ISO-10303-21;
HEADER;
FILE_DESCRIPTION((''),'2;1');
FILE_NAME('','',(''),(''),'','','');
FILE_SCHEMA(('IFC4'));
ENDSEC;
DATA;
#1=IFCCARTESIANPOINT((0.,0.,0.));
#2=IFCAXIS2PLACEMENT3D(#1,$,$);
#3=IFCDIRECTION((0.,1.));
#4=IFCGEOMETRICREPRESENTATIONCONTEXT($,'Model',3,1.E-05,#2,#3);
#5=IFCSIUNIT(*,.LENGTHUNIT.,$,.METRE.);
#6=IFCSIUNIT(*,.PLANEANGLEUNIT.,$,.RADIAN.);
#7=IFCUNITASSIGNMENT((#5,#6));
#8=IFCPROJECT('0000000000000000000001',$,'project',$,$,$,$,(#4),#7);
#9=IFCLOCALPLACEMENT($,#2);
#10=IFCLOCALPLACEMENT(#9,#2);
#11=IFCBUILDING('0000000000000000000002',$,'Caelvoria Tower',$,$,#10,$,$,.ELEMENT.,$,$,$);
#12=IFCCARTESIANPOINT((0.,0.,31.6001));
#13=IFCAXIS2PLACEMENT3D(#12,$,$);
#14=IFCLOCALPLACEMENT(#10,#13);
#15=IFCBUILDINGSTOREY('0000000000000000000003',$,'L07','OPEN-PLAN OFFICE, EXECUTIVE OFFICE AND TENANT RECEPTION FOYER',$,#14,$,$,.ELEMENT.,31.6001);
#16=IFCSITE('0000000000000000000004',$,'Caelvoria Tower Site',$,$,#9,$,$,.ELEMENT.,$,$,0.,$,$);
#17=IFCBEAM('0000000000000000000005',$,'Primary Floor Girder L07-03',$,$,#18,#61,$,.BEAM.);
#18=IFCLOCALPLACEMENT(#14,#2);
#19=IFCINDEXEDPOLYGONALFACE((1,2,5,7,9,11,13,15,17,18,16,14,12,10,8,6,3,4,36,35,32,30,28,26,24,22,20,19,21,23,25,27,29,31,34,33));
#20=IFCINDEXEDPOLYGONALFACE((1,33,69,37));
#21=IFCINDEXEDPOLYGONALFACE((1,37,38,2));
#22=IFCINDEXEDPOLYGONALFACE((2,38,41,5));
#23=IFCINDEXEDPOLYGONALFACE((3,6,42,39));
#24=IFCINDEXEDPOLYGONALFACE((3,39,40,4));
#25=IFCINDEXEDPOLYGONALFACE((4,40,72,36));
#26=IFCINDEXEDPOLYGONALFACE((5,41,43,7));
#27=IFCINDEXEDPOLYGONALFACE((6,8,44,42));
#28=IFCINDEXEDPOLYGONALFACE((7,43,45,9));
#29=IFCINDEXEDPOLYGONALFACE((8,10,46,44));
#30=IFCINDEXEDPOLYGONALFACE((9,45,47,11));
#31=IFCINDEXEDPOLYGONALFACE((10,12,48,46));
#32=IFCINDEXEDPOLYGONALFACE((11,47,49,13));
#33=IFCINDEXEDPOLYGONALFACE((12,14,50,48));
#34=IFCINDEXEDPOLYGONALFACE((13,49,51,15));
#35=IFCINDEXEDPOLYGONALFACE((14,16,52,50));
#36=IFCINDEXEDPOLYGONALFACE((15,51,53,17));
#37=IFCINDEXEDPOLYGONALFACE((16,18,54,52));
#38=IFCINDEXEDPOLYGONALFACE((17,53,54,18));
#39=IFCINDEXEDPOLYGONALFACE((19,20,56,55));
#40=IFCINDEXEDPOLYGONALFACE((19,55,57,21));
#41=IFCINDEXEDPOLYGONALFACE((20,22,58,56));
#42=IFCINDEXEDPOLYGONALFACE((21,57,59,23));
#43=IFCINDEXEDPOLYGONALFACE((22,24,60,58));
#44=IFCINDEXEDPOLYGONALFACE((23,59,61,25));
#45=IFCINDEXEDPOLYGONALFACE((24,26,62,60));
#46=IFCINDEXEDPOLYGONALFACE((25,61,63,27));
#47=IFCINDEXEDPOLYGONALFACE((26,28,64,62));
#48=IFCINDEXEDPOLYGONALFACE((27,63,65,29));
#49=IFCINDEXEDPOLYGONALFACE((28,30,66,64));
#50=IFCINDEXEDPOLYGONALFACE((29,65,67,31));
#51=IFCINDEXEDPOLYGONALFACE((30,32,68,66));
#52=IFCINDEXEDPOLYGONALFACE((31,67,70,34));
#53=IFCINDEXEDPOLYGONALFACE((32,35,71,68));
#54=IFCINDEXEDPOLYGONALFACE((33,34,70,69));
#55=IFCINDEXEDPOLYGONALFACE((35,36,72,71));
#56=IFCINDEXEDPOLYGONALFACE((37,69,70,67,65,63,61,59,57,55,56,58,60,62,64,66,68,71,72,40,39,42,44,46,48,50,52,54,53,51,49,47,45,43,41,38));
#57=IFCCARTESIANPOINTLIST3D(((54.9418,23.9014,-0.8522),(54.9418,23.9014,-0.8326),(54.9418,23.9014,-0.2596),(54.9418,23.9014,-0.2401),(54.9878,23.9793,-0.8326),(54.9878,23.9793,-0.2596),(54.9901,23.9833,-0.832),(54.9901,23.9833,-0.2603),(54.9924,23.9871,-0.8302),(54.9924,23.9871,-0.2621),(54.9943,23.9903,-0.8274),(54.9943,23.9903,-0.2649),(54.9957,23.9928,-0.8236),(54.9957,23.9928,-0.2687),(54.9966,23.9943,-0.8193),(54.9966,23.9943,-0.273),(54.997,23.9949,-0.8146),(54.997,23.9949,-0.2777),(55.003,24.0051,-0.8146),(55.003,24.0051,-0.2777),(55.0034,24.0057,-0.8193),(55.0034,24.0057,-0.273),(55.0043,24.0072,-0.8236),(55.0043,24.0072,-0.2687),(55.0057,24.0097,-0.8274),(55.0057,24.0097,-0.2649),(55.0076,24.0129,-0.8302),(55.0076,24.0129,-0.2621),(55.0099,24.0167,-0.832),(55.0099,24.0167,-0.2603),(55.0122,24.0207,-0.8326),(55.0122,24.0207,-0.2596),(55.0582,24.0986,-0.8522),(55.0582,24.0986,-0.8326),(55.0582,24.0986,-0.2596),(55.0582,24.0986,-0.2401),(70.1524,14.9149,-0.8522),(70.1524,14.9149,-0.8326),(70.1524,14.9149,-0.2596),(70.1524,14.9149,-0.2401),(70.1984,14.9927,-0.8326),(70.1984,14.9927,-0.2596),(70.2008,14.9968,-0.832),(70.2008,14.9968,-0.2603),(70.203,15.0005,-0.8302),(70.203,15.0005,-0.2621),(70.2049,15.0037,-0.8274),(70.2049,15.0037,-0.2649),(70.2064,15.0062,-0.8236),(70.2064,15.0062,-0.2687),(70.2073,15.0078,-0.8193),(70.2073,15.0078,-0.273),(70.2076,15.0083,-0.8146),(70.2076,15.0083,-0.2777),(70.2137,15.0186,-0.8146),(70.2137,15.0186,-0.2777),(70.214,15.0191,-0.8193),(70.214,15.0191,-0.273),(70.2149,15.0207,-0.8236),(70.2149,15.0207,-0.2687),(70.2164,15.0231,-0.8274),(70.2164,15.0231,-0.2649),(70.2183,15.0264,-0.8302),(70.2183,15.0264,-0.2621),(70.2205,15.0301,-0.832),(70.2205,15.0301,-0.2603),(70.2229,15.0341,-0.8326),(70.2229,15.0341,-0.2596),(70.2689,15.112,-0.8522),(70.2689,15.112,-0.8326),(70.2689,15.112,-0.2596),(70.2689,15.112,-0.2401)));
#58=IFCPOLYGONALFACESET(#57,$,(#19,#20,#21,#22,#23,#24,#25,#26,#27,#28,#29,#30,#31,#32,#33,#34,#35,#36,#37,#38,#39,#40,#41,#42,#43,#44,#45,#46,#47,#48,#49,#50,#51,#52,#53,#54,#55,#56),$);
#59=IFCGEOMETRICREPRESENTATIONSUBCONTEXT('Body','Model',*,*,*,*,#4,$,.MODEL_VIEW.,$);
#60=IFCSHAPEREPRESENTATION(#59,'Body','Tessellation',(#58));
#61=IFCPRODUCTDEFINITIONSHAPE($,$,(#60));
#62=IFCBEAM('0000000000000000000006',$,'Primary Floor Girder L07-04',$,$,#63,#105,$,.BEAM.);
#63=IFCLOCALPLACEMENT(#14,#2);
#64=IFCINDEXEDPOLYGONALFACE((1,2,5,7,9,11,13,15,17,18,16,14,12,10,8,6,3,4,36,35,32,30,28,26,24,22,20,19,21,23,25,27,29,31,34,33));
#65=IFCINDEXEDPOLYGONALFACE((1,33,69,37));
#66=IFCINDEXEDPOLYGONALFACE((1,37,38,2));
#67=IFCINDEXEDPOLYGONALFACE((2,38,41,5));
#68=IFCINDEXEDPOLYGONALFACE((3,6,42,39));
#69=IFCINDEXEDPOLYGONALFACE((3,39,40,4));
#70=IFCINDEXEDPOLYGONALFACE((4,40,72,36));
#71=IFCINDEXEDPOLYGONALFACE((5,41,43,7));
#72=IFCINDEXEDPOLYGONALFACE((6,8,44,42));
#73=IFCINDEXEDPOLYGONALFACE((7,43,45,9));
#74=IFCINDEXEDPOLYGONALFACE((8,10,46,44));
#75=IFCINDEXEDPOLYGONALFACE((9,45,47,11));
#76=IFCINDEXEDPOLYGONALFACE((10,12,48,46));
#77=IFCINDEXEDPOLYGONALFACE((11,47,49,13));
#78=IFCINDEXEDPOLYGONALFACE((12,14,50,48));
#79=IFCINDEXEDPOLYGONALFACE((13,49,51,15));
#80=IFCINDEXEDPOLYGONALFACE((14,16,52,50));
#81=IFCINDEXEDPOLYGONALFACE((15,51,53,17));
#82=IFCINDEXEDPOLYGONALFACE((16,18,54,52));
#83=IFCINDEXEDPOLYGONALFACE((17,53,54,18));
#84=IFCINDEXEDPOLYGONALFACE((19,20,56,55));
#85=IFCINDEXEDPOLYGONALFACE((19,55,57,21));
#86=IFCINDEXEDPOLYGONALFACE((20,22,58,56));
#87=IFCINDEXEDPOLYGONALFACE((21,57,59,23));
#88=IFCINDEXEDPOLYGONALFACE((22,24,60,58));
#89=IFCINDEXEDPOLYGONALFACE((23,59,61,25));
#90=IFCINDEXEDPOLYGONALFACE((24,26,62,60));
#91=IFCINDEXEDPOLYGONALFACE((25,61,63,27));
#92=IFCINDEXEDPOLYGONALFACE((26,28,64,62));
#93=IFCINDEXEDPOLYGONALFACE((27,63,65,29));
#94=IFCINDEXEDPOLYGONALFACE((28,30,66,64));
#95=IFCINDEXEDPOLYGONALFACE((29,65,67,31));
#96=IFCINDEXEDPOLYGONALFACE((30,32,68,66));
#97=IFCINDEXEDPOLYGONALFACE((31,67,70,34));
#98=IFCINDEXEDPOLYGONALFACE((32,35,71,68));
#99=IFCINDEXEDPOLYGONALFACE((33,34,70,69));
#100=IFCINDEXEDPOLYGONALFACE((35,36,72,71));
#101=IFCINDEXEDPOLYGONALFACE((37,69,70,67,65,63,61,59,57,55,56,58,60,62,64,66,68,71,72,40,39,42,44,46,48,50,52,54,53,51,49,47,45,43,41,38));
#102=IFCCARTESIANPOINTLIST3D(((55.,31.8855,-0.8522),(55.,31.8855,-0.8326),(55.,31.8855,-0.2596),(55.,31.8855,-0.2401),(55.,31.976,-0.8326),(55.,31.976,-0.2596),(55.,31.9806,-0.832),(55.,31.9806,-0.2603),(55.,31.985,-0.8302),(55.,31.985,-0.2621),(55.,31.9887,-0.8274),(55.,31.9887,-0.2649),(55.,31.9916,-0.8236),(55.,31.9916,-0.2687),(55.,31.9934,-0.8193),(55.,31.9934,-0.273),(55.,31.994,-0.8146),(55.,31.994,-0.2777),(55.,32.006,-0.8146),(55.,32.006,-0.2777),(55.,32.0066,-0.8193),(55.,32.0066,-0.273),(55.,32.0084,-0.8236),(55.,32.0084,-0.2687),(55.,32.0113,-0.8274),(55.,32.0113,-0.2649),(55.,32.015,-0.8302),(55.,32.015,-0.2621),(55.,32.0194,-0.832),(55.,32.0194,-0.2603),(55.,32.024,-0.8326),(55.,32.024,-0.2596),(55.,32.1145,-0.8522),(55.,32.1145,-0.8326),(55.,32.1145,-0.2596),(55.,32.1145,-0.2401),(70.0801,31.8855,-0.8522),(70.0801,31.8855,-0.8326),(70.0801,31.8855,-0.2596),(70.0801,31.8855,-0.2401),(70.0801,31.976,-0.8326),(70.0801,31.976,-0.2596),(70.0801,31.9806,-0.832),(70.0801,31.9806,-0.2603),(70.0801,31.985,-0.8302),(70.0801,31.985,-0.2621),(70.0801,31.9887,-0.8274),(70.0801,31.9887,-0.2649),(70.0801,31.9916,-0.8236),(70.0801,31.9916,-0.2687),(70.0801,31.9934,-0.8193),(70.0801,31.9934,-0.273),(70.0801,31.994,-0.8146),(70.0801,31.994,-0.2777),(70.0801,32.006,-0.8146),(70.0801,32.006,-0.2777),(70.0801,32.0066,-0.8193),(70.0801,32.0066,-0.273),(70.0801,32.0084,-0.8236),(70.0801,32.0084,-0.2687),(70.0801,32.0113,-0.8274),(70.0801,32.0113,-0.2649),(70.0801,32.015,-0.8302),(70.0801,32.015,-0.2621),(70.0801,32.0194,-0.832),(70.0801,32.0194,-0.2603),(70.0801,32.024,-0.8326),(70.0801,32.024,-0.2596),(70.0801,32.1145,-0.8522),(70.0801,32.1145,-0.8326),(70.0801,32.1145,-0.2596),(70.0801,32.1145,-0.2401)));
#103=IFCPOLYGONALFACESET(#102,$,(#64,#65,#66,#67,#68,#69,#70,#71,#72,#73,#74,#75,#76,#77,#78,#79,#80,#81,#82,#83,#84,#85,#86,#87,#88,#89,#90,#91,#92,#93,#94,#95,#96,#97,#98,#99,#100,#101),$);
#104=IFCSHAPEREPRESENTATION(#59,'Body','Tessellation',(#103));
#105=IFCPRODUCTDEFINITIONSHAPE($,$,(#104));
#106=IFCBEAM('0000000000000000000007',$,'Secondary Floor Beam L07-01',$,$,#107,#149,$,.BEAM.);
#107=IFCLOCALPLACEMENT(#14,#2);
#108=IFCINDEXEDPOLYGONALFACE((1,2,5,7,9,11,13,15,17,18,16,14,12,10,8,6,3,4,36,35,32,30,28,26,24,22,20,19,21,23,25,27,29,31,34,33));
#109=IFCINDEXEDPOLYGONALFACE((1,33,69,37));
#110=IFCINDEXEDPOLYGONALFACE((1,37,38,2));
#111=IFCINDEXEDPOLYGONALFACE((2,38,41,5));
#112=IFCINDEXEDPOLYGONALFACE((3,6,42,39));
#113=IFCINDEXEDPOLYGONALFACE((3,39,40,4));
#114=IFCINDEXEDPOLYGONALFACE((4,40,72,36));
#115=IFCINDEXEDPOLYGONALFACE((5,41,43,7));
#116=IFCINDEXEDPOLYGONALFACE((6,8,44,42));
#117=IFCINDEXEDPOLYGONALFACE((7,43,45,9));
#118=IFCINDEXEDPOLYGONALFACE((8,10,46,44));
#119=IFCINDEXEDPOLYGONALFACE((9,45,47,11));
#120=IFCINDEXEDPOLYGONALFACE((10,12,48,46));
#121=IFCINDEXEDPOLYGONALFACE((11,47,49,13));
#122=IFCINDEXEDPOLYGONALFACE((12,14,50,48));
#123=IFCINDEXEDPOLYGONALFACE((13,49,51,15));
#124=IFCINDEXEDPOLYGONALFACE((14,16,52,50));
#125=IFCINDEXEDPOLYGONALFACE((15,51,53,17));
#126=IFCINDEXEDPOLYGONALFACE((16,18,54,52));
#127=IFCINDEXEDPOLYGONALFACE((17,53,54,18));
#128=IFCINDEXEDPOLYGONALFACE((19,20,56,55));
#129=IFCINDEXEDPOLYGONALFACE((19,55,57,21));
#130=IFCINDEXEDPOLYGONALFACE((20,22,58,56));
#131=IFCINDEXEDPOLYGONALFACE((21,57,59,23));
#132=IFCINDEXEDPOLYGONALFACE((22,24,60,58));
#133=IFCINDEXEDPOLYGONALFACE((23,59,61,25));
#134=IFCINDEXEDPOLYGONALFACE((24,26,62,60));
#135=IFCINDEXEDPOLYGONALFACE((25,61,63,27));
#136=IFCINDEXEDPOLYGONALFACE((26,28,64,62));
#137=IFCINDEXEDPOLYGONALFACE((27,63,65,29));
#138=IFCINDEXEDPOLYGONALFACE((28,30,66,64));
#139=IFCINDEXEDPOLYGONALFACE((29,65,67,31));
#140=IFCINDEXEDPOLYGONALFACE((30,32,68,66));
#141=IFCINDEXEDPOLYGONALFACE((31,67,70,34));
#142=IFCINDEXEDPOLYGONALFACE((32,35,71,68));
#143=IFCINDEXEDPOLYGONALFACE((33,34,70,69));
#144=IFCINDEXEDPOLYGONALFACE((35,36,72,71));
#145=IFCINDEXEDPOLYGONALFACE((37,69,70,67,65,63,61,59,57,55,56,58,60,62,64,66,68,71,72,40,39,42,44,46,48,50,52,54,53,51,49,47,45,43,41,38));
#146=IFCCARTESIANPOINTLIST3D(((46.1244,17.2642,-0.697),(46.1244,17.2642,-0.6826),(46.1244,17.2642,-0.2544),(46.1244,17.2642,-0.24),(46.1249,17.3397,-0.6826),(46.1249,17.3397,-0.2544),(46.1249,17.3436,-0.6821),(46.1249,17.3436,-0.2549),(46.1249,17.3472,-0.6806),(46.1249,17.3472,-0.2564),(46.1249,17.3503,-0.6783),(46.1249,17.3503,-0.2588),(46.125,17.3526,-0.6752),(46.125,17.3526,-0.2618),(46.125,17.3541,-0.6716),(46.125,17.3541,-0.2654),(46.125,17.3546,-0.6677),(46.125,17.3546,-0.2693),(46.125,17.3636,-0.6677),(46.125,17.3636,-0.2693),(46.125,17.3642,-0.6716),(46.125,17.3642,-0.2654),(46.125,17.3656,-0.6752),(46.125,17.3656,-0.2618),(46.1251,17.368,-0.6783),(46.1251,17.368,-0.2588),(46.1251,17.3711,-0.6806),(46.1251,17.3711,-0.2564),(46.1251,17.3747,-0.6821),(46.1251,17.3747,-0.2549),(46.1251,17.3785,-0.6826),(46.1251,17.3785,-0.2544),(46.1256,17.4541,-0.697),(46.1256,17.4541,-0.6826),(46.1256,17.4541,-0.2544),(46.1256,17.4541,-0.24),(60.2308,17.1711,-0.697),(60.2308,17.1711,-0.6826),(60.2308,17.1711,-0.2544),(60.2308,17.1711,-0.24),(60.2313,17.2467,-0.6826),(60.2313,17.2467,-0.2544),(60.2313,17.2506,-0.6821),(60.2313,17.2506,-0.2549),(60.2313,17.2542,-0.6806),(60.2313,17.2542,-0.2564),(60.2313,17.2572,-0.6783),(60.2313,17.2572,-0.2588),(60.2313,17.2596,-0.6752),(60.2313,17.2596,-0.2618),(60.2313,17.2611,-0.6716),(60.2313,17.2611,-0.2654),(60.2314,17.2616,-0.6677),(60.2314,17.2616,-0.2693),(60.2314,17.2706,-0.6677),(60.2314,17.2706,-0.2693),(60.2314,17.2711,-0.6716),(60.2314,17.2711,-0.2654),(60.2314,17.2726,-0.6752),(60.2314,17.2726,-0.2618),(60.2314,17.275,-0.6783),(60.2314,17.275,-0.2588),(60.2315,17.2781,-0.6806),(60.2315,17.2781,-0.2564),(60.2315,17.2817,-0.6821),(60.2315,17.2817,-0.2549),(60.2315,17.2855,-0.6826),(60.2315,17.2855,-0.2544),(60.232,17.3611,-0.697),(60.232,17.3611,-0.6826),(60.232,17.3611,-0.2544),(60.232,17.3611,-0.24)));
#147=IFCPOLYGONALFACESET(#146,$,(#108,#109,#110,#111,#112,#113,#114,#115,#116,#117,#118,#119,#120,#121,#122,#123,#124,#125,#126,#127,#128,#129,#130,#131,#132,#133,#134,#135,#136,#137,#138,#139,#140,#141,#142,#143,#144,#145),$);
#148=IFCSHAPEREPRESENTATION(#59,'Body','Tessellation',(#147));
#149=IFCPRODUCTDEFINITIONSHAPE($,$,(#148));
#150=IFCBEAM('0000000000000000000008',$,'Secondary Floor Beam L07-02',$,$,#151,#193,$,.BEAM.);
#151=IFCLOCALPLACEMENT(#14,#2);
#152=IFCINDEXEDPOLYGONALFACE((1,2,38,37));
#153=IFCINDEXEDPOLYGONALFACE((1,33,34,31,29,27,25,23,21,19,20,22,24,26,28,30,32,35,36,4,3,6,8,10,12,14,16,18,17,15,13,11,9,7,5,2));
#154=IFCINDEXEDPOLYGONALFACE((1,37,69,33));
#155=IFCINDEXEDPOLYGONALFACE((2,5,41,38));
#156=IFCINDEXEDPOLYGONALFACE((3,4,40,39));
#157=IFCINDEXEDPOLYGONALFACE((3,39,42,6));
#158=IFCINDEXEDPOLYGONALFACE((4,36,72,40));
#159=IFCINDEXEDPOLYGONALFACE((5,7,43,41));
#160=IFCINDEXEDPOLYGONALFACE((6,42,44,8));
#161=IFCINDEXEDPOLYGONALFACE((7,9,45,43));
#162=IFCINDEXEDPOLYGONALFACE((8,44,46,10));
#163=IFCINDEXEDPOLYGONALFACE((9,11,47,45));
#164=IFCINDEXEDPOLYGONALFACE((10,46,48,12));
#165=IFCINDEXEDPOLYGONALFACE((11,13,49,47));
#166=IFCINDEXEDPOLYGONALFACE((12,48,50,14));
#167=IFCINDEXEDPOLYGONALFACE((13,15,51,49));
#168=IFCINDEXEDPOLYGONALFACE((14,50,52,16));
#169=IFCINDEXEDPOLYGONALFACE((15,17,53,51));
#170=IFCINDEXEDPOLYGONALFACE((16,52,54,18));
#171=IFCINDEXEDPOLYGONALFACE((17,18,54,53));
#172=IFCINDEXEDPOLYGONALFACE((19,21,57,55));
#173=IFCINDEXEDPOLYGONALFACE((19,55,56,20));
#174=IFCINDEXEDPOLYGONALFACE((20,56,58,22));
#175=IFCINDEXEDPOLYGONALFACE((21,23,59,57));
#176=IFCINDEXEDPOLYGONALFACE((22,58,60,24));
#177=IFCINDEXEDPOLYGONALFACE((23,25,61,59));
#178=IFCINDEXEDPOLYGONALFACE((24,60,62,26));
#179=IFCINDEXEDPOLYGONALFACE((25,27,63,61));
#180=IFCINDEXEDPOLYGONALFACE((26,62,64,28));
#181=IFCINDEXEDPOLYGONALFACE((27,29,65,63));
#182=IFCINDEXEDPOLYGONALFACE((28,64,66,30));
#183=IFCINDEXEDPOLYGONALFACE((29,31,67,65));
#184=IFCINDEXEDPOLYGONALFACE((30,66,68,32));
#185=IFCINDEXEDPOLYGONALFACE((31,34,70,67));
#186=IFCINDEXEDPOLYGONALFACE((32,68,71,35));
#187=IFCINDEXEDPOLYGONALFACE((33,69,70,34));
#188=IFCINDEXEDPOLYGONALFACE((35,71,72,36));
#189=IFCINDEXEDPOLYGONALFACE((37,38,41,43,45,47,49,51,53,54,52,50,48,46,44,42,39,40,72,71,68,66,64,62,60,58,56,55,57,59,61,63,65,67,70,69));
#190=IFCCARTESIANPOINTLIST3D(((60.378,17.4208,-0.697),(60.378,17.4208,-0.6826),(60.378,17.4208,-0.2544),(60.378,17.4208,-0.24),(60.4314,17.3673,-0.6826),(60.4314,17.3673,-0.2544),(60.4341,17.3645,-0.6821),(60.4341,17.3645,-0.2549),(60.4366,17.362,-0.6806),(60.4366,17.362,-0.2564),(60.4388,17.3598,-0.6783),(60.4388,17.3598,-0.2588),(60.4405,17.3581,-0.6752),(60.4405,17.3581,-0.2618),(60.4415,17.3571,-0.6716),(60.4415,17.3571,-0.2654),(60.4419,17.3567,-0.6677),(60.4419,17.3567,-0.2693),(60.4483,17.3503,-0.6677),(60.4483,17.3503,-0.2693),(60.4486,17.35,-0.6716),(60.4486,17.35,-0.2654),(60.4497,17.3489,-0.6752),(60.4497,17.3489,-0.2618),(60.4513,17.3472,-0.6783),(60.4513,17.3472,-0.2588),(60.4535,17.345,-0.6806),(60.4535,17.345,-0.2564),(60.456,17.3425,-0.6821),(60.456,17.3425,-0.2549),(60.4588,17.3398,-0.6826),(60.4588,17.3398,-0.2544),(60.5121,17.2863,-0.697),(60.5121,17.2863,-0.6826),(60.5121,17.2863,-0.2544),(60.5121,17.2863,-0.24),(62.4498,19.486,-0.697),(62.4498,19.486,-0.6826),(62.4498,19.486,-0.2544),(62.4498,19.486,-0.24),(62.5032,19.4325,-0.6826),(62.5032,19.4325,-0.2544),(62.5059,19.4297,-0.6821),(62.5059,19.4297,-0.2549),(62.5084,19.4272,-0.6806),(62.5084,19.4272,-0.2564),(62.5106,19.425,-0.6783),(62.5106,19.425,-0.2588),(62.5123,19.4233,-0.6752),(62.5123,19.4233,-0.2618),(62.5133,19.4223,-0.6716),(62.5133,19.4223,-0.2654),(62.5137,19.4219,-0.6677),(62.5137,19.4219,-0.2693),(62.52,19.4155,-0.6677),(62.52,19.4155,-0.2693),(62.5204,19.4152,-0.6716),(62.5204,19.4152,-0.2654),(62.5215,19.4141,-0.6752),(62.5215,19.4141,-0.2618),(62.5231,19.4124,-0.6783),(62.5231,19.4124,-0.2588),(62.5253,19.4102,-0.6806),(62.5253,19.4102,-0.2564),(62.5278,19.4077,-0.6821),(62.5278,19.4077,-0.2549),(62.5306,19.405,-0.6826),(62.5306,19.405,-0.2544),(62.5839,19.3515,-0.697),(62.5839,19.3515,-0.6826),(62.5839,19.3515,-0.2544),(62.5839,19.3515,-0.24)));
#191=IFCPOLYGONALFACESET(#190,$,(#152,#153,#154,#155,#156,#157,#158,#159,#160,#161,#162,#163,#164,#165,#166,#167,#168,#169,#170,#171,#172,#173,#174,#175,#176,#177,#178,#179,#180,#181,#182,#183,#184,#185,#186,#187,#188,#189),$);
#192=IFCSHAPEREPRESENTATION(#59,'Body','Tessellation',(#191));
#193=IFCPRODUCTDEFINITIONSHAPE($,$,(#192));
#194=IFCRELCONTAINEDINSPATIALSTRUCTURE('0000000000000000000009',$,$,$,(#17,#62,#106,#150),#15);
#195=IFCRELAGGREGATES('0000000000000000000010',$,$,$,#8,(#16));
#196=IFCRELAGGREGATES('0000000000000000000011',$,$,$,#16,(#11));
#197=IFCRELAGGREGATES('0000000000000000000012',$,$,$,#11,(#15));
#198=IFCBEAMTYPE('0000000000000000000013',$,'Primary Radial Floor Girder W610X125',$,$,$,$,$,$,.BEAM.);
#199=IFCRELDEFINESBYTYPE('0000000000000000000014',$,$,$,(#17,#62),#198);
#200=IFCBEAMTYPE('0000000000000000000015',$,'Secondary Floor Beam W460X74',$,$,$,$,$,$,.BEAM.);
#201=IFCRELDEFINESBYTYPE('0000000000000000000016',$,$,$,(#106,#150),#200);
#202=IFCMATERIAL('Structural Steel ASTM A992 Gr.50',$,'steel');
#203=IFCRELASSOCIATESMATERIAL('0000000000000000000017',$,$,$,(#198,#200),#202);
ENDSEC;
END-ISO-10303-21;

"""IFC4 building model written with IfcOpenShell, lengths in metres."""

from ifc_helpers import new_model, si_unit, direction, frame, origin, origin_2d, place, context, subcontext, project, spatial, i_section, extrude, material, material_profile, profile_set, type_object, element, save


model = new_model("IFC4")

# Units and contexts
model_context = context("Model", 3, precision=1e-05, world=origin(), true_north=direction((0.0, 1.0)))
body_context = subcontext(model_context, "Body", "Model", "MODEL_VIEW")
ifc_project = project(units=[si_unit("LENGTHUNIT", "METRE"), si_unit("PLANEANGLEUNIT", "RADIAN")], contexts=[model_context])

# Site, building, storey
site_placement = place(None, origin())
site = spatial("IfcSite", under=ifc_project, at=site_placement, Name="Caelvoria Tower Site", CompositionType="ELEMENT", RefElevation=0.0)
building_placement = place(site_placement, origin())
building = spatial("IfcBuilding", under=site, at=building_placement, Name="Caelvoria Tower", CompositionType="ELEMENT")
storey_placement = place(building_placement, frame((0.0, 0.0, 31.6001)))
storey = spatial("IfcBuildingStorey", under=building, at=storey_placement, Name="L07", Description="OPEN-PLAN OFFICE, EXECUTIVE OFFICE AND TENANT RECEPTION FOYER", CompositionType="ELEMENT", Elevation=31.6001)

# Beams
ifc_material_1 = material(Name="Structural Steel ASTM A992 Gr.50", Category="steel")
ifc_material_profile_1 = material_profile(ifc_material_1, i_section(OverallWidth=0.229, OverallDepth=0.6121, WebThickness=0.012, FlangeThickness=0.0195, FilletRadius=0.0181, at=origin_2d()), Name="Structural Steel ASTM A992 Gr.50")
ifc_profile_set_1 = profile_set([ifc_material_profile_1], Name="W610X125 - Structural Steel ASTM A992 Gr.50")
beam_type_1 = type_object("IfcBeamType", Name="Primary Radial Floor Girder W610X125", PredefinedType="BEAM", material=ifc_profile_set_1)
beam_1_placement = place(storey_placement, frame((55.0, 24.0, -0.5461), z_axis=(0.860965, -0.508664, 0.0), x_axis=(0.508664, 0.860965, 0.0)))
element("IfcBeam", 1, at=beam_1_placement, inside=storey, type_object=beam_type_1, Name="Primary Floor Girder L07-03", PredefinedType="BEAM", context=body_context, shape_type="SweptSolid", body=[
    extrude(i_section(OverallWidth=0.229, OverallDepth=0.6121, WebThickness=0.012, FlangeThickness=0.0195, FilletRadius=0.0181, at=origin_2d()), origin(), (0.0, 0.0, 1.0), 17.667),
])
beam_2_placement = place(storey_placement, frame((55.0, 32.0, -0.5461), z_axis=(1.0, 0.0, 0.0), x_axis=(0.0, 1.0, 0.0)))
element("IfcBeam", 2, at=beam_2_placement, inside=storey, type_object=beam_type_1, Name="Primary Floor Girder L07-04", PredefinedType="BEAM", context=body_context, shape_type="SweptSolid", body=[
    extrude(i_section(OverallWidth=0.229, OverallDepth=0.6121, WebThickness=0.012, FlangeThickness=0.0195, FilletRadius=0.0181, at=origin_2d()), origin(), (0.0, 0.0, 1.0), 15.0801),
])
ifc_material_profile_2 = material_profile(ifc_material_1, i_section(OverallWidth=0.1899, OverallDepth=0.457, WebThickness=0.009, FlangeThickness=0.0144, FilletRadius=0.0149, at=origin_2d()), Name="Structural Steel ASTM A992 Gr.50")
ifc_profile_set_2 = profile_set([ifc_material_profile_2], Name="W460X74 - Structural Steel ASTM A992 Gr.50")
beam_type_2 = type_object("IfcBeamType", Name="Secondary Floor Beam W460X74", PredefinedType="BEAM", material=ifc_profile_set_2)
beam_3_placement = place(storey_placement, frame((46.125, 17.3591, -0.4685), z_axis=(0.999978, -0.006594, 0.0), x_axis=(0.006594, 0.999978, 0.0)))
element("IfcBeam", 3, at=beam_3_placement, inside=storey, type_object=beam_type_2, Name="Secondary Floor Beam L07-01", PredefinedType="BEAM", context=body_context, shape_type="SweptSolid", body=[
    extrude(i_section(OverallWidth=0.1899, OverallDepth=0.457, WebThickness=0.009, FlangeThickness=0.0144, FilletRadius=0.0149, at=origin_2d()), origin(), (0.0, 0.0, 1.0), 14.1067),
])
beam_4_placement = place(storey_placement, frame((60.4451, 17.3535, -0.4685), z_axis=(0.708233, 0.705979, 0.0), x_axis=(-0.705979, 0.708233, 0.0)))
element("IfcBeam", 4, at=beam_4_placement, inside=storey, type_object=beam_type_2, Name="Secondary Floor Beam L07-02", PredefinedType="BEAM", context=body_context, shape_type="SweptSolid", body=[
    extrude(i_section(OverallWidth=0.1899, OverallDepth=0.457, WebThickness=0.009, FlangeThickness=0.0144, FilletRadius=0.0149, at=origin_2d()), origin(), (0.0, 0.0, 1.0), 2.9253),
])

save(model, "model.ifc")
